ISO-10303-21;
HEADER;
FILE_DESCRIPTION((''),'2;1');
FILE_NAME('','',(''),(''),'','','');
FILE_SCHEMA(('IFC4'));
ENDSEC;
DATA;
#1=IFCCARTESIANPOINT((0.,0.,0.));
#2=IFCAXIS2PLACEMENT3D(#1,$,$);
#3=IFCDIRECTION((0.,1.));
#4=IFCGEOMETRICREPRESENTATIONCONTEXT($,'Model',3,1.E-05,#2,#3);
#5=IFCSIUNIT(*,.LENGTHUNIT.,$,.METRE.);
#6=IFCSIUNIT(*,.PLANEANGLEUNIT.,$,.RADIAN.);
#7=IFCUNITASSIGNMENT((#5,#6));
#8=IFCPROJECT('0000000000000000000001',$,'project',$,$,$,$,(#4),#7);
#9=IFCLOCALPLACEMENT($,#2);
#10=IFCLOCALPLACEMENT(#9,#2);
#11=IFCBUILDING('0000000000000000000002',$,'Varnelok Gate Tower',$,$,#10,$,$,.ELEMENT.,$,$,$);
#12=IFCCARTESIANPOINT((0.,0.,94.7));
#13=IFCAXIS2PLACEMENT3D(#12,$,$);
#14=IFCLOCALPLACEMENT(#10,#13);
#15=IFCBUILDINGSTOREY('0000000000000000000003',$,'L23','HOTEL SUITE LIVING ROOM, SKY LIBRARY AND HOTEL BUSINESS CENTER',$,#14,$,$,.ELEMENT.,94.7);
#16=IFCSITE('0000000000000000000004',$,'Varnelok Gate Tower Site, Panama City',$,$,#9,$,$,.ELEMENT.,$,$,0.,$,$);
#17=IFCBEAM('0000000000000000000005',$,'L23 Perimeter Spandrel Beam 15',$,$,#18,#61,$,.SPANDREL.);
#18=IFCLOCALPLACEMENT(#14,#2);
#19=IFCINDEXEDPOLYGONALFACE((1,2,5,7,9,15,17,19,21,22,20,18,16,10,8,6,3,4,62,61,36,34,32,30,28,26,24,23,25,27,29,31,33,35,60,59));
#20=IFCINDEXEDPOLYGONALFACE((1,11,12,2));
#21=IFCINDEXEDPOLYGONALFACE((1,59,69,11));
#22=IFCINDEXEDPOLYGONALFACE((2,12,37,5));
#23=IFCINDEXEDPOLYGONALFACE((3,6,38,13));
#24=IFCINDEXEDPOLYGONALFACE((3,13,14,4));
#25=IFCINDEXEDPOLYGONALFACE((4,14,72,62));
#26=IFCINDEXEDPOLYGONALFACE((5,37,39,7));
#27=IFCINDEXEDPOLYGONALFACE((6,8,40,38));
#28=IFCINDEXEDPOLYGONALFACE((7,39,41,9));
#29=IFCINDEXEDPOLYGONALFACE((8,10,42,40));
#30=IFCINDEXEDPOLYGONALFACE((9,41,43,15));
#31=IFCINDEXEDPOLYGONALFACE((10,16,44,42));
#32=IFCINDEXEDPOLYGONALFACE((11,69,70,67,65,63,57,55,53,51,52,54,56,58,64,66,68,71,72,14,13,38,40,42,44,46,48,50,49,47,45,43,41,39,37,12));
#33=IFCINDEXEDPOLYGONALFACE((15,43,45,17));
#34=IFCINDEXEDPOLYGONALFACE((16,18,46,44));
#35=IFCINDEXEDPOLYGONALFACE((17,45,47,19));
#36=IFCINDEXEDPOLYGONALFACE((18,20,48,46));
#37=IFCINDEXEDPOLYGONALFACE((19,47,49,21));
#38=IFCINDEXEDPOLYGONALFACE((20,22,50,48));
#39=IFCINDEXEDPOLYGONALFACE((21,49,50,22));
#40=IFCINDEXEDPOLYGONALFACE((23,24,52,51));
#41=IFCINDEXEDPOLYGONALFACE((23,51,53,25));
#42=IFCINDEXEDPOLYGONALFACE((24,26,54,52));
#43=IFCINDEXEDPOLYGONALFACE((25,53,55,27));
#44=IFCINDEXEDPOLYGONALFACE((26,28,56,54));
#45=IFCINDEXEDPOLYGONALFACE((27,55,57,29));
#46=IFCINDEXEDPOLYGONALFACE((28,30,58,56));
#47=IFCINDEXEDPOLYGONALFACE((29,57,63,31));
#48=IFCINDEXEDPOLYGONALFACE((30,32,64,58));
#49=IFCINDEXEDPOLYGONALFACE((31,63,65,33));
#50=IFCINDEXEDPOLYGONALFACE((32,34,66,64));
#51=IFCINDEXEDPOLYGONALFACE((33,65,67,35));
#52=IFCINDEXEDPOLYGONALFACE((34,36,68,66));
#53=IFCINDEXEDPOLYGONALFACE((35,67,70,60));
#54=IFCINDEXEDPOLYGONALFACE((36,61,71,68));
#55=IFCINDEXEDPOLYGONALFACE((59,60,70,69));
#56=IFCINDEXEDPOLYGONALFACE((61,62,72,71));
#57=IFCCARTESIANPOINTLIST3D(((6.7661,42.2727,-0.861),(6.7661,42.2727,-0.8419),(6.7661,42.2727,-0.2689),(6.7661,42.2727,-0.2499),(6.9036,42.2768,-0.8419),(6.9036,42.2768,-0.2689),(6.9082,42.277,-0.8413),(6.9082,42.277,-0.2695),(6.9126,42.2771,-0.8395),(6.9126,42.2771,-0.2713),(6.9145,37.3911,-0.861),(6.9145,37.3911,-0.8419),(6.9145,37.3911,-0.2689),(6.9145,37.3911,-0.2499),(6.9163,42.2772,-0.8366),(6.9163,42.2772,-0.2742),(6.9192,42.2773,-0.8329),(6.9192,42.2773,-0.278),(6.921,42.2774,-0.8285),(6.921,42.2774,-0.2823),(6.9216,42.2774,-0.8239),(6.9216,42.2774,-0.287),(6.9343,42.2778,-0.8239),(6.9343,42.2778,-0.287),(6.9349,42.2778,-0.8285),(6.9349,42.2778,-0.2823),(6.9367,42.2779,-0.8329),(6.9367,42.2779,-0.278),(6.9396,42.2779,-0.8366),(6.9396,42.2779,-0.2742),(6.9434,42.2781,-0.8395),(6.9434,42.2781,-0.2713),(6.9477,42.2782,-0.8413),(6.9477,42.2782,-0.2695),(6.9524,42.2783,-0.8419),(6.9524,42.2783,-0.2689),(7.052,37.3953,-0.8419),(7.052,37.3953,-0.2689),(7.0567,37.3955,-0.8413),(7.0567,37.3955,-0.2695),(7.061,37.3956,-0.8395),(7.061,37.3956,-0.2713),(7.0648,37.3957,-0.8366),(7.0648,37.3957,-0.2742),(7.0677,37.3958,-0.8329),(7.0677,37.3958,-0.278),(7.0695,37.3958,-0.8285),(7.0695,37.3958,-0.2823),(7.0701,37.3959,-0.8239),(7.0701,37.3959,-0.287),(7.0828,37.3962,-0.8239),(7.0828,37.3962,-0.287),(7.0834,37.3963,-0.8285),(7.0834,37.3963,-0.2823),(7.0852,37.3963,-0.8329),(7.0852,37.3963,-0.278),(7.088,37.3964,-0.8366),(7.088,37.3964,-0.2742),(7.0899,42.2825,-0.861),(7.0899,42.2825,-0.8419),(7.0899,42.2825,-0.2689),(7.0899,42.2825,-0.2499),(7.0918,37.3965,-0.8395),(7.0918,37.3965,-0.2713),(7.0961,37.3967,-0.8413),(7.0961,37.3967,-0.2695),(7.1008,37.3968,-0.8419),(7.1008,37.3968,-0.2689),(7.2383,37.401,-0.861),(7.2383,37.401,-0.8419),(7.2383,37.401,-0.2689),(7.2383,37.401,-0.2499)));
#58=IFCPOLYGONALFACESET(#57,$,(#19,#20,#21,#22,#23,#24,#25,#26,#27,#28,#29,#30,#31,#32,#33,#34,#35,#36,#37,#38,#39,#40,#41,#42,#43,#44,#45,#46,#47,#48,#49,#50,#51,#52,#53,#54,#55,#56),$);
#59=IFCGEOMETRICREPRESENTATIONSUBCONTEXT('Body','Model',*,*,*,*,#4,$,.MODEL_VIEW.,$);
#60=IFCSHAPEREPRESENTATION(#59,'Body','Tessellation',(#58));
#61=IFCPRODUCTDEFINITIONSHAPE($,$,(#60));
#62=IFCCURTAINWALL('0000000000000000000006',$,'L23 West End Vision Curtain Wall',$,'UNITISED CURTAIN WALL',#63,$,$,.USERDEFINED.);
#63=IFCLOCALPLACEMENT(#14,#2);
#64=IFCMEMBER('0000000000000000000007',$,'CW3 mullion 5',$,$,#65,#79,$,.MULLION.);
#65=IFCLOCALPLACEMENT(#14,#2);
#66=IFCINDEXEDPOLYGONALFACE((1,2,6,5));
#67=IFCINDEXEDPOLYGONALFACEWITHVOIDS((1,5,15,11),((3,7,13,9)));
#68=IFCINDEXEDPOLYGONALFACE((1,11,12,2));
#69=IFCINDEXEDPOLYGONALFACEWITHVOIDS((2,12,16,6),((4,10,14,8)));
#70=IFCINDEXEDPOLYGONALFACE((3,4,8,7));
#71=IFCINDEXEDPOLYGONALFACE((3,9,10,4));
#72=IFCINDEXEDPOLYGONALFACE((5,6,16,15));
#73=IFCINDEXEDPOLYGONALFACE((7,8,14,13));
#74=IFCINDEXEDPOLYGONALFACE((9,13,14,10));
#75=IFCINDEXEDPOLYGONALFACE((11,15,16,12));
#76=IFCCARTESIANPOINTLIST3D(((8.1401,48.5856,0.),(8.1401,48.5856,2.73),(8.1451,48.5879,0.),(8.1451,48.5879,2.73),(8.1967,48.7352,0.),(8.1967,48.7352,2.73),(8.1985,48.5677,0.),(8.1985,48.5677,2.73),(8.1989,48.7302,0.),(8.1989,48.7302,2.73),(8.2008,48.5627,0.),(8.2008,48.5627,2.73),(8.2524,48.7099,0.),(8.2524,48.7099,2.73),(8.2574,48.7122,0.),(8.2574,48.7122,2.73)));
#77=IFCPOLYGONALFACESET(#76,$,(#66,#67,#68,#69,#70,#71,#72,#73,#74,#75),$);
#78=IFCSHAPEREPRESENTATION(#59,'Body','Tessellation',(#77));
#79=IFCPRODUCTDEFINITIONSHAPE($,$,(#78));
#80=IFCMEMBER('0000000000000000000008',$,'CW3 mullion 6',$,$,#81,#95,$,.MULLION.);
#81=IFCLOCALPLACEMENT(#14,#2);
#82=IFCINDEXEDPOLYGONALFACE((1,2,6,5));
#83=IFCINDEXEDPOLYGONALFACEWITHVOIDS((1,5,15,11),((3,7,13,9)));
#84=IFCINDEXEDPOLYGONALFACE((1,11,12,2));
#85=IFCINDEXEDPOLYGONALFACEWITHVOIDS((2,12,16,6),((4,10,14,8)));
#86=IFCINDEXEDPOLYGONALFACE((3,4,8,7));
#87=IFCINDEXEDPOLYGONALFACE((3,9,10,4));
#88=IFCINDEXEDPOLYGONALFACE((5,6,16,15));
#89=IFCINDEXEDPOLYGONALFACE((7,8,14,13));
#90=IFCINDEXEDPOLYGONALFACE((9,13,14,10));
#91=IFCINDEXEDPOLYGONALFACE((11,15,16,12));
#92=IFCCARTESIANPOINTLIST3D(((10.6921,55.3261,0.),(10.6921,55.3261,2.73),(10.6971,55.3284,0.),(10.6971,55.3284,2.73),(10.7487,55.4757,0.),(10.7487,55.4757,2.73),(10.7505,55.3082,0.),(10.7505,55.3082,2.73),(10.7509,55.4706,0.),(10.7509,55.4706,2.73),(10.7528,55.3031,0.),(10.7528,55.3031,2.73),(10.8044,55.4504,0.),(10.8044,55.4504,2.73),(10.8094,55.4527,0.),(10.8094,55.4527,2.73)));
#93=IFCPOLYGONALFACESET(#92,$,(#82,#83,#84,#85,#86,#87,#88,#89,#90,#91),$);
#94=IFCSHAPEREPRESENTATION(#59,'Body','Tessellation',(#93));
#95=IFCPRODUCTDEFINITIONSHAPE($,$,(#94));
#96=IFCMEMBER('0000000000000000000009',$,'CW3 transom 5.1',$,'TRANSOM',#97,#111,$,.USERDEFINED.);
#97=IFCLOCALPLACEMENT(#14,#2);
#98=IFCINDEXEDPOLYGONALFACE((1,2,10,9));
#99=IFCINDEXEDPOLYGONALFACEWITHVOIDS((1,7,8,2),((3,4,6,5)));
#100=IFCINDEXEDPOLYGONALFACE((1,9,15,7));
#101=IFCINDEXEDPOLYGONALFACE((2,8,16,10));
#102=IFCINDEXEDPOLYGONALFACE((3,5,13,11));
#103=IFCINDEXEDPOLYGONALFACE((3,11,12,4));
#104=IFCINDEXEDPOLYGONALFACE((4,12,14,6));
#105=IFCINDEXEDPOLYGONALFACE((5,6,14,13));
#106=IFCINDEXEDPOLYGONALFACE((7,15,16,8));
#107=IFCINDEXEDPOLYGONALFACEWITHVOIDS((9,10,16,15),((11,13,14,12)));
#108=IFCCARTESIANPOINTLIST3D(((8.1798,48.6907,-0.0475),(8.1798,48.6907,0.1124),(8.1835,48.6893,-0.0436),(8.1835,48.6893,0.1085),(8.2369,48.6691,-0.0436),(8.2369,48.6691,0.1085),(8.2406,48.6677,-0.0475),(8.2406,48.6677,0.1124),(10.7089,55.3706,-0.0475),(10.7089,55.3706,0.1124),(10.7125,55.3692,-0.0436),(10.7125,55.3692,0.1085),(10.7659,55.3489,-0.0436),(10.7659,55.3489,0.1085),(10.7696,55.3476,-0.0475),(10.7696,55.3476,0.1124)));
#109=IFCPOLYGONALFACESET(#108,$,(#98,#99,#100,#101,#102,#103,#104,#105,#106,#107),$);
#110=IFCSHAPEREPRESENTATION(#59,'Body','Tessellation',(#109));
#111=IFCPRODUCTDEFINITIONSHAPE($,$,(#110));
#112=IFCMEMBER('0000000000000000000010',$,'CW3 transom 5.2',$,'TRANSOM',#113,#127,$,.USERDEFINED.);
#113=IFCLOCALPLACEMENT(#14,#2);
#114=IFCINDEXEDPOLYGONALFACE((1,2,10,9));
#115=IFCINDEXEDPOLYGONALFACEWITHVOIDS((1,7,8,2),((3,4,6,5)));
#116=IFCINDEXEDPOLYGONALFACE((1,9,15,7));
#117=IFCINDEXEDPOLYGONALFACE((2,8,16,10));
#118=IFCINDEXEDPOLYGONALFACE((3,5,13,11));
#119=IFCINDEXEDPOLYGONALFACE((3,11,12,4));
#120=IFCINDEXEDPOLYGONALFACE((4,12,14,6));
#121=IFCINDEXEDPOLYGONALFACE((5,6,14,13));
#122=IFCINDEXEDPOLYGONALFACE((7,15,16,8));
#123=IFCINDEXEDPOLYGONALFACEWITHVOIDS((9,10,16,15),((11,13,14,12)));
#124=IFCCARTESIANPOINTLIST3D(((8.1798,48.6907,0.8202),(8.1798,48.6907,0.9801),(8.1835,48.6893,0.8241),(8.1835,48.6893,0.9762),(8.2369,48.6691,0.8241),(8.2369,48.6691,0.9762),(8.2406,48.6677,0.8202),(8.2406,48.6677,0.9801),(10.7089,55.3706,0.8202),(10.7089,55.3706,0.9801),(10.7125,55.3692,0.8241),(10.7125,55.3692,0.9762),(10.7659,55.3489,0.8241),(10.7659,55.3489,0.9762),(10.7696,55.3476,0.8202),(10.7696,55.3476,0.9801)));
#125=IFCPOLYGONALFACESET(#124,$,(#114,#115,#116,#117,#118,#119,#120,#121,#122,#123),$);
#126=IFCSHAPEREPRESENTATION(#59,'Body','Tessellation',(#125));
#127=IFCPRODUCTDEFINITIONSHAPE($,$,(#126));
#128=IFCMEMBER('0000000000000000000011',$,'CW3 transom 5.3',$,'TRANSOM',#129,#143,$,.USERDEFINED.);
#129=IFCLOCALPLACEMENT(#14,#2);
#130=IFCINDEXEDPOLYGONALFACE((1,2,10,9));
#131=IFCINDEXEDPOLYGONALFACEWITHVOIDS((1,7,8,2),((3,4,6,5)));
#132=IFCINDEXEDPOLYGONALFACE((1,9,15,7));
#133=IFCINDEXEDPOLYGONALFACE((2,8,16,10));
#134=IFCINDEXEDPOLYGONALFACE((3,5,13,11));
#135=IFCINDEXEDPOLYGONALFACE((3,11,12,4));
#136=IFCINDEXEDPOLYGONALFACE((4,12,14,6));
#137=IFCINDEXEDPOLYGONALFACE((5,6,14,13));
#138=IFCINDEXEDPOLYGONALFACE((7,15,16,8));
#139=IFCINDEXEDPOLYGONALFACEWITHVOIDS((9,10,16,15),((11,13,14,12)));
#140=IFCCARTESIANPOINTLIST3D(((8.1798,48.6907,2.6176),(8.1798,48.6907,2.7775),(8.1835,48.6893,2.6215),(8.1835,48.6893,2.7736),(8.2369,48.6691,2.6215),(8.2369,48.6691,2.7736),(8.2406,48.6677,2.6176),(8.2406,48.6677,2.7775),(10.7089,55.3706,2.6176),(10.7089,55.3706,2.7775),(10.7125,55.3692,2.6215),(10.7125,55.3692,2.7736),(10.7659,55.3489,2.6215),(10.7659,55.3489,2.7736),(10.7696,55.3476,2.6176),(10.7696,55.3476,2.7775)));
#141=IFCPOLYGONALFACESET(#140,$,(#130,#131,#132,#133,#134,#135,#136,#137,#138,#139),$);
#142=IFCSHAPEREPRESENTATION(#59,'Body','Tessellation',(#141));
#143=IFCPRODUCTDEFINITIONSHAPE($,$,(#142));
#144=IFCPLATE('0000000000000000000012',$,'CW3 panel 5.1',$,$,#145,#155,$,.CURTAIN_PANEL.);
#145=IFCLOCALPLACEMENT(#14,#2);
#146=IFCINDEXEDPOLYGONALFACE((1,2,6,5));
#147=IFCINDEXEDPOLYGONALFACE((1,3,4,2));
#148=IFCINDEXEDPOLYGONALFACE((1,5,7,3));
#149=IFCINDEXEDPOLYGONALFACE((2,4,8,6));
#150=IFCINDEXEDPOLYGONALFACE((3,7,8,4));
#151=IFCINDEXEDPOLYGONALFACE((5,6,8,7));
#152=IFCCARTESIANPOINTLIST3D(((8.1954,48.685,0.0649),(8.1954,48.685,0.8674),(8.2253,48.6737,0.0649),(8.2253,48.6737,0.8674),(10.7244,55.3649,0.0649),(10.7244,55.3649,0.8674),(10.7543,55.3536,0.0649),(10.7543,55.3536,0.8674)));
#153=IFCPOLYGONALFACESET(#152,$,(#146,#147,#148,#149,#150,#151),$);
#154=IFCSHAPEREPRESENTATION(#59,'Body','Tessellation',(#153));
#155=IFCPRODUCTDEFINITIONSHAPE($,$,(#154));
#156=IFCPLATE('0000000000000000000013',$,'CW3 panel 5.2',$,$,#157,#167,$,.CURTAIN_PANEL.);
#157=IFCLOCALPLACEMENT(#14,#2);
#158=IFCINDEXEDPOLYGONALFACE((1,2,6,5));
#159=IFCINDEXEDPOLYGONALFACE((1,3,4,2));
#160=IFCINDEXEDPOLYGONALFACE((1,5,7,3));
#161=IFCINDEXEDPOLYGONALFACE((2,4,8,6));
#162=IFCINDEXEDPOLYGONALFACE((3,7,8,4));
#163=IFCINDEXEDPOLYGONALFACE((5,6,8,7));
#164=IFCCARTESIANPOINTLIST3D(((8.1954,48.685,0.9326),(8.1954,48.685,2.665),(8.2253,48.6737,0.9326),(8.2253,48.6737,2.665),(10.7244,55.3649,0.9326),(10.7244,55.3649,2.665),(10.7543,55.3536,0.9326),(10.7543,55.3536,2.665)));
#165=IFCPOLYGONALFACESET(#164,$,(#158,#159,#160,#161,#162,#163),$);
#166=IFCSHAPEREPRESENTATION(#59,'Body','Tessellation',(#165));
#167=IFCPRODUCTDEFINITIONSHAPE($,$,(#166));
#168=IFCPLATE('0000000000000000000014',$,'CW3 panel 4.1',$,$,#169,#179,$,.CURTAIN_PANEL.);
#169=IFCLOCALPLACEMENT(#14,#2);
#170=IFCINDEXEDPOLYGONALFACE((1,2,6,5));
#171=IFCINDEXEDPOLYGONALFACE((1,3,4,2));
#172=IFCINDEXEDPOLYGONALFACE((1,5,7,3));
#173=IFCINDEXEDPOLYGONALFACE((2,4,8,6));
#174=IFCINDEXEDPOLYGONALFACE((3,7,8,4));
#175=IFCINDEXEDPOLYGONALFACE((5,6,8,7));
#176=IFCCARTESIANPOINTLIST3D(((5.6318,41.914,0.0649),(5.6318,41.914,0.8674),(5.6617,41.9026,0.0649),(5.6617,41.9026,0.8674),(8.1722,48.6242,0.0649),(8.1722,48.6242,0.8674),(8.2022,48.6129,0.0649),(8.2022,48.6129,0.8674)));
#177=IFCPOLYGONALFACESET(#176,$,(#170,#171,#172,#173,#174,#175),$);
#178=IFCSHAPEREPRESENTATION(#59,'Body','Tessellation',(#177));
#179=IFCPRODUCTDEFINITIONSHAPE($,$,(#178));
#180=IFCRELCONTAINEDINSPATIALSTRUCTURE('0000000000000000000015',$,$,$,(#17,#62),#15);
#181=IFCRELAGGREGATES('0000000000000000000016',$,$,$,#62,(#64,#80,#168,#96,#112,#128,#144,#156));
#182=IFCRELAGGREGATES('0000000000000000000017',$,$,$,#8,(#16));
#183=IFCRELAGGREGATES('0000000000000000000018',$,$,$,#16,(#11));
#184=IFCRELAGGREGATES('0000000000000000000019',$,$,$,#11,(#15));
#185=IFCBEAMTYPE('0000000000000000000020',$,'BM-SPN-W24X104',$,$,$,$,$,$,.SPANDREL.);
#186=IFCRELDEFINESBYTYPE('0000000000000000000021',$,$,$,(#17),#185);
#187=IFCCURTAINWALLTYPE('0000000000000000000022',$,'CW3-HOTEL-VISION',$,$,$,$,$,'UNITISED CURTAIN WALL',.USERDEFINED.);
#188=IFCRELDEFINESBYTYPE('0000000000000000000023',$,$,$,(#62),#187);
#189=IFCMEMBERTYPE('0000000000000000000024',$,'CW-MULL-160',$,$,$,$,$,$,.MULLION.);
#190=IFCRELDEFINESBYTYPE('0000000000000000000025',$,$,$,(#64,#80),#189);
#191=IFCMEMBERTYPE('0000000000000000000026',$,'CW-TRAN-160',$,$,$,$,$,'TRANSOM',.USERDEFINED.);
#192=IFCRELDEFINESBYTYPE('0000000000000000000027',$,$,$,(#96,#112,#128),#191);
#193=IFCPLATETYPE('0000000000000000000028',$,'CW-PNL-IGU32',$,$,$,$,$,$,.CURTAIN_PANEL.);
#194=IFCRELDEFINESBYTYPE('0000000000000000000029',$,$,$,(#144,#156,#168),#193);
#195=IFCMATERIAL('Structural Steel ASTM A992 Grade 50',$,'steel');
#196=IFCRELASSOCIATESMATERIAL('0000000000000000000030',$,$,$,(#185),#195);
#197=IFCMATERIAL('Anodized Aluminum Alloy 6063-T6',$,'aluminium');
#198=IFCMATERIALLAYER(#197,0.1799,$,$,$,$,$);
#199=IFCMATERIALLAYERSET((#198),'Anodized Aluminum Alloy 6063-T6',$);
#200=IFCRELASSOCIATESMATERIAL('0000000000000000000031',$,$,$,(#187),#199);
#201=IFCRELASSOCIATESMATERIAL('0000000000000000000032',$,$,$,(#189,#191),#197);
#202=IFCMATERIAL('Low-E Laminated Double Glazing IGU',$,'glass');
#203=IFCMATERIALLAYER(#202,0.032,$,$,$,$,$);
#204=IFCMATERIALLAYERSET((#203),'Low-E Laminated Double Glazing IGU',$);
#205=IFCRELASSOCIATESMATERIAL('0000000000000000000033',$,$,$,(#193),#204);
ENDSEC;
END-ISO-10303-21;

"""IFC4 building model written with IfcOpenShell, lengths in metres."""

from ifc_helpers import new_model, si_unit, direction, frame, origin, origin_2d, place, context, subcontext, project, spatial, rectangle, hollow_rectangle, i_section, extrude, source, transform, mapped, material, layer, layer_set, material_profile, profile_set, type_object, element, aggregate, save


model = new_model("IFC4")

# Units and contexts
model_context = context("Model", 3, precision=1e-05, world=origin(), true_north=direction((0.0, 1.0)))
body_context = subcontext(model_context, "Body", "Model", "MODEL_VIEW")
ifc_project = project(units=[si_unit("LENGTHUNIT", "METRE"), si_unit("PLANEANGLEUNIT", "RADIAN")], contexts=[model_context])

# Site, building, storey
site_placement = place(None, origin())
site = spatial("IfcSite", under=ifc_project, at=site_placement, Name="Varnelok Gate Tower Site, Panama City", CompositionType="ELEMENT", RefElevation=0.0)
building_placement = place(site_placement, origin())
building = spatial("IfcBuilding", under=site, at=building_placement, Name="Varnelok Gate Tower", CompositionType="ELEMENT")
storey_placement = place(building_placement, frame((0.0, 0.0, 94.7)))
storey = spatial("IfcBuildingStorey", under=building, at=storey_placement, Name="L23", Description="HOTEL SUITE LIVING ROOM, SKY LIBRARY AND HOTEL BUSINESS CENTER", CompositionType="ELEMENT", Elevation=94.7)

# Shared definitions
ifc_material_1 = material(Name="Structural Steel ASTM A992 Grade 50", Category="steel")

# Beam
ifc_material_profile_1 = material_profile(ifc_material_1, i_section(OverallWidth=0.324, OverallDepth=0.6111, WebThickness=0.0127, FlangeThickness=0.019, FilletRadius=0.0181, at=origin_2d()), Name="W24X104")
ifc_profile_set_1 = profile_set([ifc_material_profile_1], Name="Structural Steel ASTM A992 Grade 50")
beam_type_1 = type_object("IfcBeamType", Name="BM-SPN-W24X104", PredefinedType="SPANDREL", material=ifc_profile_set_1)
beam_1_placement = place(storey_placement, frame((6.928, 42.2776, -0.5554), z_axis=(0.030394, -0.999538, 0.0), x_axis=(0.999538, 0.030394, 0.0)))
element("IfcBeam", 1, at=beam_1_placement, inside=storey, type_object=beam_type_1, Name="L23 Perimeter Spandrel Beam 15", PredefinedType="SPANDREL", context=body_context, shape_type="SweptSolid", body=[
    extrude(i_section(OverallWidth=0.324, OverallDepth=0.6111, WebThickness=0.0127, FlangeThickness=0.019, FilletRadius=0.0181, at=origin_2d()), origin(), (0.0, 0.0, 1.0), 4.8838),
])

# Curtain wall, members, plates
ifc_material_2 = material(Name="Anodized Aluminum Alloy 6063-T6", Category="aluminium")
ifc_layer_1 = layer(ifc_material_2, 0.1799)
ifc_layer_set_1 = layer_set([ifc_layer_1], Name="Anodized Aluminum Alloy 6063-T6")
curtain_wall_type = type_object("IfcCurtainWallType", Name="CW3-HOTEL-VISION", ElementType="UNITISED CURTAIN WALL", PredefinedType="USERDEFINED", material=ifc_layer_set_1)
curtain_wall_placement = place(storey_placement, origin())
curtain_wall = element("IfcCurtainWall", 2, at=curtain_wall_placement, inside=storey, type_object=curtain_wall_type, Name="L23 West End Vision Curtain Wall", ObjectType="UNITISED CURTAIN WALL", PredefinedType="USERDEFINED")
ifc_material_profile_2 = material_profile(ifc_material_2, hollow_rectangle(XDim=0.0649, YDim=0.1599, WallThickness=0.0039, at=origin_2d()), Name="ALU160X65X4")
ifc_profile_set_2 = profile_set([ifc_material_profile_2], Name="Anodized Aluminum Alloy 6063-T6")
member_type_1 = type_object("IfcMemberType", Name="CW-MULL-160", PredefinedType="MULLION", material=ifc_profile_set_2)
member_1_placement = place(storey_placement, frame((8.1987, 48.6489, 0.0), z_axis=(0.0, 0.0, 1.0), x_axis=(-0.935221, 0.354064, 0.0)))
member_1 = element("IfcMember", 3, at=member_1_placement, type_object=member_type_1, Name="CW3 mullion 5", PredefinedType="MULLION", context=body_context, shape_type="SweptSolid", body=[
    extrude(hollow_rectangle(XDim=0.0649, YDim=0.1599, WallThickness=0.0039, at=origin_2d()), origin(), (0.0, 0.0, 1.0), 2.73),
])
member_2_placement = place(storey_placement, frame((10.7507, 55.3894, 0.0), z_axis=(0.0, 0.0, 1.0), x_axis=(-0.935221, 0.354064, 0.0)))
member_2 = element("IfcMember", 4, at=member_2_placement, type_object=member_type_1, Name="CW3 mullion 6", PredefinedType="MULLION", context=body_context, shape_type="SweptSolid", body=[
    extrude(hollow_rectangle(XDim=0.0649, YDim=0.1599, WallThickness=0.0039, at=origin_2d()), origin(), (0.0, 0.0, 1.0), 2.73),
])
ifc_material_profile_3 = material_profile(ifc_material_2, hollow_rectangle(XDim=0.0649, YDim=0.1599, WallThickness=0.0039, at=origin_2d()), Name="ALU160X65X4")
ifc_profile_set_3 = profile_set([ifc_material_profile_3], Name="Anodized Aluminum Alloy 6063-T6")
member_type_2 = type_object("IfcMemberType", Name="CW-TRAN-160", ElementType="TRANSOM", PredefinedType="USERDEFINED", material=ifc_profile_set_3)
member_3_placement = place(storey_placement, frame((8.2102, 48.6792, 0.0325), z_axis=(0.354077, 0.935216, 0.0), x_axis=(-0.935216, 0.354077, 0.0)))
member_3 = element("IfcMember", 5, at=member_3_placement, type_object=member_type_2, Name="CW3 transom 5.1", ObjectType="TRANSOM", PredefinedType="USERDEFINED", context=body_context, shape_type="SweptSolid", body=[
    extrude(hollow_rectangle(XDim=0.0649, YDim=0.1599, WallThickness=0.0039, at=origin_2d()), origin(), (0.0, 0.0, 1.0), 7.1426),
])
member_4_placement = place(storey_placement, frame((8.2102, 48.6792, 0.9001), z_axis=(0.354077, 0.935216, 0.0), x_axis=(-0.935216, 0.354077, 0.0)))
member_4 = element("IfcMember", 6, at=member_4_placement, type_object=member_type_2, Name="CW3 transom 5.2", ObjectType="TRANSOM", PredefinedType="USERDEFINED", context=body_context, shape_type="SweptSolid", body=[
    extrude(hollow_rectangle(XDim=0.0649, YDim=0.1599, WallThickness=0.0039, at=origin_2d()), origin(), (0.0, 0.0, 1.0), 7.1426),
])
member_5_placement = place(storey_placement, frame((8.2102, 48.6792, 2.6975), z_axis=(0.354077, 0.935216, 0.0), x_axis=(-0.935216, 0.354077, 0.0)))
member_5 = element("IfcMember", 7, at=member_5_placement, type_object=member_type_2, Name="CW3 transom 5.3", ObjectType="TRANSOM", PredefinedType="USERDEFINED", context=body_context, shape_type="SweptSolid", body=[
    extrude(hollow_rectangle(XDim=0.0649, YDim=0.1599, WallThickness=0.0039, at=origin_2d()), origin(), (0.0, 0.0, 1.0), 7.1426),
])
ifc_material_3 = material(Name="Low-E Laminated Double Glazing IGU", Category="glass")
ifc_layer_2 = layer(ifc_material_3, 0.032)
ifc_layer_set_2 = layer_set([ifc_layer_2], Name="Low-E Laminated Double Glazing IGU")
plate_type = type_object("IfcPlateType", Name="CW-PNL-IGU32", PredefinedType="CURTAIN_PANEL", material=ifc_layer_set_2)
shared_shape_1 = source(origin(), body_context, "Body", "SweptSolid", [
    extrude(rectangle(XDim=7.1426, YDim=0.032, at=origin_2d()), origin(), (0.0, 0.0, 1.0), 0.8025),
])
plate_1_placement = place(storey_placement, frame((9.4749, 52.0193, 0.0649), z_axis=(0.0, 0.0, 1.0), x_axis=(0.354064, 0.935221, 0.0)))
plate_1 = element("IfcPlate", 8, at=plate_1_placement, type_object=plate_type, Name="CW3 panel 5.1", PredefinedType="CURTAIN_PANEL", context=body_context, shape_type="MappedRepresentation", body=[
    mapped(shared_shape_1, transform((0.0, 0.0, 0.0), scale=1.0)),
])
shared_shape_2 = source(origin(), body_context, "Body", "SweptSolid", [
    extrude(rectangle(XDim=7.1426, YDim=0.032, at=origin_2d()), origin(), (0.0, 0.0, 1.0), 1.7324),
])
plate_2_placement = place(storey_placement, frame((9.4749, 52.0193, 0.9326), z_axis=(0.0, 0.0, 1.0), x_axis=(0.354064, 0.935221, 0.0)))
plate_2 = element("IfcPlate", 9, at=plate_2_placement, type_object=plate_type, Name="CW3 panel 5.2", PredefinedType="CURTAIN_PANEL", context=body_context, shape_type="MappedRepresentation", body=[
    mapped(shared_shape_2, transform((0.0, 0.0, 0.0), scale=1.0)),
])
shared_shape_3 = source(origin(), body_context, "Body", "SweptSolid", [
    extrude(rectangle(XDim=7.175, YDim=0.032, at=origin_2d()), origin(), (0.0, 0.0, 1.0), 0.8025),
])
plate_3_placement = place(storey_placement, frame((6.917, 45.2634, 0.0649), z_axis=(0.0, 0.0, 1.0), x_axis=(0.354064, 0.935221, 0.0)))
plate_3 = element("IfcPlate", 10, at=plate_3_placement, type_object=plate_type, Name="CW3 panel 4.1", PredefinedType="CURTAIN_PANEL", context=body_context, shape_type="MappedRepresentation", body=[
    mapped(shared_shape_3, transform((0.0, 0.0, 0.0), scale=1.0)),
])
aggregate(curtain_wall, [member_1, member_2, plate_3, member_3, member_4, member_5, plate_1, plate_2])

save(model, "model.ifc")
